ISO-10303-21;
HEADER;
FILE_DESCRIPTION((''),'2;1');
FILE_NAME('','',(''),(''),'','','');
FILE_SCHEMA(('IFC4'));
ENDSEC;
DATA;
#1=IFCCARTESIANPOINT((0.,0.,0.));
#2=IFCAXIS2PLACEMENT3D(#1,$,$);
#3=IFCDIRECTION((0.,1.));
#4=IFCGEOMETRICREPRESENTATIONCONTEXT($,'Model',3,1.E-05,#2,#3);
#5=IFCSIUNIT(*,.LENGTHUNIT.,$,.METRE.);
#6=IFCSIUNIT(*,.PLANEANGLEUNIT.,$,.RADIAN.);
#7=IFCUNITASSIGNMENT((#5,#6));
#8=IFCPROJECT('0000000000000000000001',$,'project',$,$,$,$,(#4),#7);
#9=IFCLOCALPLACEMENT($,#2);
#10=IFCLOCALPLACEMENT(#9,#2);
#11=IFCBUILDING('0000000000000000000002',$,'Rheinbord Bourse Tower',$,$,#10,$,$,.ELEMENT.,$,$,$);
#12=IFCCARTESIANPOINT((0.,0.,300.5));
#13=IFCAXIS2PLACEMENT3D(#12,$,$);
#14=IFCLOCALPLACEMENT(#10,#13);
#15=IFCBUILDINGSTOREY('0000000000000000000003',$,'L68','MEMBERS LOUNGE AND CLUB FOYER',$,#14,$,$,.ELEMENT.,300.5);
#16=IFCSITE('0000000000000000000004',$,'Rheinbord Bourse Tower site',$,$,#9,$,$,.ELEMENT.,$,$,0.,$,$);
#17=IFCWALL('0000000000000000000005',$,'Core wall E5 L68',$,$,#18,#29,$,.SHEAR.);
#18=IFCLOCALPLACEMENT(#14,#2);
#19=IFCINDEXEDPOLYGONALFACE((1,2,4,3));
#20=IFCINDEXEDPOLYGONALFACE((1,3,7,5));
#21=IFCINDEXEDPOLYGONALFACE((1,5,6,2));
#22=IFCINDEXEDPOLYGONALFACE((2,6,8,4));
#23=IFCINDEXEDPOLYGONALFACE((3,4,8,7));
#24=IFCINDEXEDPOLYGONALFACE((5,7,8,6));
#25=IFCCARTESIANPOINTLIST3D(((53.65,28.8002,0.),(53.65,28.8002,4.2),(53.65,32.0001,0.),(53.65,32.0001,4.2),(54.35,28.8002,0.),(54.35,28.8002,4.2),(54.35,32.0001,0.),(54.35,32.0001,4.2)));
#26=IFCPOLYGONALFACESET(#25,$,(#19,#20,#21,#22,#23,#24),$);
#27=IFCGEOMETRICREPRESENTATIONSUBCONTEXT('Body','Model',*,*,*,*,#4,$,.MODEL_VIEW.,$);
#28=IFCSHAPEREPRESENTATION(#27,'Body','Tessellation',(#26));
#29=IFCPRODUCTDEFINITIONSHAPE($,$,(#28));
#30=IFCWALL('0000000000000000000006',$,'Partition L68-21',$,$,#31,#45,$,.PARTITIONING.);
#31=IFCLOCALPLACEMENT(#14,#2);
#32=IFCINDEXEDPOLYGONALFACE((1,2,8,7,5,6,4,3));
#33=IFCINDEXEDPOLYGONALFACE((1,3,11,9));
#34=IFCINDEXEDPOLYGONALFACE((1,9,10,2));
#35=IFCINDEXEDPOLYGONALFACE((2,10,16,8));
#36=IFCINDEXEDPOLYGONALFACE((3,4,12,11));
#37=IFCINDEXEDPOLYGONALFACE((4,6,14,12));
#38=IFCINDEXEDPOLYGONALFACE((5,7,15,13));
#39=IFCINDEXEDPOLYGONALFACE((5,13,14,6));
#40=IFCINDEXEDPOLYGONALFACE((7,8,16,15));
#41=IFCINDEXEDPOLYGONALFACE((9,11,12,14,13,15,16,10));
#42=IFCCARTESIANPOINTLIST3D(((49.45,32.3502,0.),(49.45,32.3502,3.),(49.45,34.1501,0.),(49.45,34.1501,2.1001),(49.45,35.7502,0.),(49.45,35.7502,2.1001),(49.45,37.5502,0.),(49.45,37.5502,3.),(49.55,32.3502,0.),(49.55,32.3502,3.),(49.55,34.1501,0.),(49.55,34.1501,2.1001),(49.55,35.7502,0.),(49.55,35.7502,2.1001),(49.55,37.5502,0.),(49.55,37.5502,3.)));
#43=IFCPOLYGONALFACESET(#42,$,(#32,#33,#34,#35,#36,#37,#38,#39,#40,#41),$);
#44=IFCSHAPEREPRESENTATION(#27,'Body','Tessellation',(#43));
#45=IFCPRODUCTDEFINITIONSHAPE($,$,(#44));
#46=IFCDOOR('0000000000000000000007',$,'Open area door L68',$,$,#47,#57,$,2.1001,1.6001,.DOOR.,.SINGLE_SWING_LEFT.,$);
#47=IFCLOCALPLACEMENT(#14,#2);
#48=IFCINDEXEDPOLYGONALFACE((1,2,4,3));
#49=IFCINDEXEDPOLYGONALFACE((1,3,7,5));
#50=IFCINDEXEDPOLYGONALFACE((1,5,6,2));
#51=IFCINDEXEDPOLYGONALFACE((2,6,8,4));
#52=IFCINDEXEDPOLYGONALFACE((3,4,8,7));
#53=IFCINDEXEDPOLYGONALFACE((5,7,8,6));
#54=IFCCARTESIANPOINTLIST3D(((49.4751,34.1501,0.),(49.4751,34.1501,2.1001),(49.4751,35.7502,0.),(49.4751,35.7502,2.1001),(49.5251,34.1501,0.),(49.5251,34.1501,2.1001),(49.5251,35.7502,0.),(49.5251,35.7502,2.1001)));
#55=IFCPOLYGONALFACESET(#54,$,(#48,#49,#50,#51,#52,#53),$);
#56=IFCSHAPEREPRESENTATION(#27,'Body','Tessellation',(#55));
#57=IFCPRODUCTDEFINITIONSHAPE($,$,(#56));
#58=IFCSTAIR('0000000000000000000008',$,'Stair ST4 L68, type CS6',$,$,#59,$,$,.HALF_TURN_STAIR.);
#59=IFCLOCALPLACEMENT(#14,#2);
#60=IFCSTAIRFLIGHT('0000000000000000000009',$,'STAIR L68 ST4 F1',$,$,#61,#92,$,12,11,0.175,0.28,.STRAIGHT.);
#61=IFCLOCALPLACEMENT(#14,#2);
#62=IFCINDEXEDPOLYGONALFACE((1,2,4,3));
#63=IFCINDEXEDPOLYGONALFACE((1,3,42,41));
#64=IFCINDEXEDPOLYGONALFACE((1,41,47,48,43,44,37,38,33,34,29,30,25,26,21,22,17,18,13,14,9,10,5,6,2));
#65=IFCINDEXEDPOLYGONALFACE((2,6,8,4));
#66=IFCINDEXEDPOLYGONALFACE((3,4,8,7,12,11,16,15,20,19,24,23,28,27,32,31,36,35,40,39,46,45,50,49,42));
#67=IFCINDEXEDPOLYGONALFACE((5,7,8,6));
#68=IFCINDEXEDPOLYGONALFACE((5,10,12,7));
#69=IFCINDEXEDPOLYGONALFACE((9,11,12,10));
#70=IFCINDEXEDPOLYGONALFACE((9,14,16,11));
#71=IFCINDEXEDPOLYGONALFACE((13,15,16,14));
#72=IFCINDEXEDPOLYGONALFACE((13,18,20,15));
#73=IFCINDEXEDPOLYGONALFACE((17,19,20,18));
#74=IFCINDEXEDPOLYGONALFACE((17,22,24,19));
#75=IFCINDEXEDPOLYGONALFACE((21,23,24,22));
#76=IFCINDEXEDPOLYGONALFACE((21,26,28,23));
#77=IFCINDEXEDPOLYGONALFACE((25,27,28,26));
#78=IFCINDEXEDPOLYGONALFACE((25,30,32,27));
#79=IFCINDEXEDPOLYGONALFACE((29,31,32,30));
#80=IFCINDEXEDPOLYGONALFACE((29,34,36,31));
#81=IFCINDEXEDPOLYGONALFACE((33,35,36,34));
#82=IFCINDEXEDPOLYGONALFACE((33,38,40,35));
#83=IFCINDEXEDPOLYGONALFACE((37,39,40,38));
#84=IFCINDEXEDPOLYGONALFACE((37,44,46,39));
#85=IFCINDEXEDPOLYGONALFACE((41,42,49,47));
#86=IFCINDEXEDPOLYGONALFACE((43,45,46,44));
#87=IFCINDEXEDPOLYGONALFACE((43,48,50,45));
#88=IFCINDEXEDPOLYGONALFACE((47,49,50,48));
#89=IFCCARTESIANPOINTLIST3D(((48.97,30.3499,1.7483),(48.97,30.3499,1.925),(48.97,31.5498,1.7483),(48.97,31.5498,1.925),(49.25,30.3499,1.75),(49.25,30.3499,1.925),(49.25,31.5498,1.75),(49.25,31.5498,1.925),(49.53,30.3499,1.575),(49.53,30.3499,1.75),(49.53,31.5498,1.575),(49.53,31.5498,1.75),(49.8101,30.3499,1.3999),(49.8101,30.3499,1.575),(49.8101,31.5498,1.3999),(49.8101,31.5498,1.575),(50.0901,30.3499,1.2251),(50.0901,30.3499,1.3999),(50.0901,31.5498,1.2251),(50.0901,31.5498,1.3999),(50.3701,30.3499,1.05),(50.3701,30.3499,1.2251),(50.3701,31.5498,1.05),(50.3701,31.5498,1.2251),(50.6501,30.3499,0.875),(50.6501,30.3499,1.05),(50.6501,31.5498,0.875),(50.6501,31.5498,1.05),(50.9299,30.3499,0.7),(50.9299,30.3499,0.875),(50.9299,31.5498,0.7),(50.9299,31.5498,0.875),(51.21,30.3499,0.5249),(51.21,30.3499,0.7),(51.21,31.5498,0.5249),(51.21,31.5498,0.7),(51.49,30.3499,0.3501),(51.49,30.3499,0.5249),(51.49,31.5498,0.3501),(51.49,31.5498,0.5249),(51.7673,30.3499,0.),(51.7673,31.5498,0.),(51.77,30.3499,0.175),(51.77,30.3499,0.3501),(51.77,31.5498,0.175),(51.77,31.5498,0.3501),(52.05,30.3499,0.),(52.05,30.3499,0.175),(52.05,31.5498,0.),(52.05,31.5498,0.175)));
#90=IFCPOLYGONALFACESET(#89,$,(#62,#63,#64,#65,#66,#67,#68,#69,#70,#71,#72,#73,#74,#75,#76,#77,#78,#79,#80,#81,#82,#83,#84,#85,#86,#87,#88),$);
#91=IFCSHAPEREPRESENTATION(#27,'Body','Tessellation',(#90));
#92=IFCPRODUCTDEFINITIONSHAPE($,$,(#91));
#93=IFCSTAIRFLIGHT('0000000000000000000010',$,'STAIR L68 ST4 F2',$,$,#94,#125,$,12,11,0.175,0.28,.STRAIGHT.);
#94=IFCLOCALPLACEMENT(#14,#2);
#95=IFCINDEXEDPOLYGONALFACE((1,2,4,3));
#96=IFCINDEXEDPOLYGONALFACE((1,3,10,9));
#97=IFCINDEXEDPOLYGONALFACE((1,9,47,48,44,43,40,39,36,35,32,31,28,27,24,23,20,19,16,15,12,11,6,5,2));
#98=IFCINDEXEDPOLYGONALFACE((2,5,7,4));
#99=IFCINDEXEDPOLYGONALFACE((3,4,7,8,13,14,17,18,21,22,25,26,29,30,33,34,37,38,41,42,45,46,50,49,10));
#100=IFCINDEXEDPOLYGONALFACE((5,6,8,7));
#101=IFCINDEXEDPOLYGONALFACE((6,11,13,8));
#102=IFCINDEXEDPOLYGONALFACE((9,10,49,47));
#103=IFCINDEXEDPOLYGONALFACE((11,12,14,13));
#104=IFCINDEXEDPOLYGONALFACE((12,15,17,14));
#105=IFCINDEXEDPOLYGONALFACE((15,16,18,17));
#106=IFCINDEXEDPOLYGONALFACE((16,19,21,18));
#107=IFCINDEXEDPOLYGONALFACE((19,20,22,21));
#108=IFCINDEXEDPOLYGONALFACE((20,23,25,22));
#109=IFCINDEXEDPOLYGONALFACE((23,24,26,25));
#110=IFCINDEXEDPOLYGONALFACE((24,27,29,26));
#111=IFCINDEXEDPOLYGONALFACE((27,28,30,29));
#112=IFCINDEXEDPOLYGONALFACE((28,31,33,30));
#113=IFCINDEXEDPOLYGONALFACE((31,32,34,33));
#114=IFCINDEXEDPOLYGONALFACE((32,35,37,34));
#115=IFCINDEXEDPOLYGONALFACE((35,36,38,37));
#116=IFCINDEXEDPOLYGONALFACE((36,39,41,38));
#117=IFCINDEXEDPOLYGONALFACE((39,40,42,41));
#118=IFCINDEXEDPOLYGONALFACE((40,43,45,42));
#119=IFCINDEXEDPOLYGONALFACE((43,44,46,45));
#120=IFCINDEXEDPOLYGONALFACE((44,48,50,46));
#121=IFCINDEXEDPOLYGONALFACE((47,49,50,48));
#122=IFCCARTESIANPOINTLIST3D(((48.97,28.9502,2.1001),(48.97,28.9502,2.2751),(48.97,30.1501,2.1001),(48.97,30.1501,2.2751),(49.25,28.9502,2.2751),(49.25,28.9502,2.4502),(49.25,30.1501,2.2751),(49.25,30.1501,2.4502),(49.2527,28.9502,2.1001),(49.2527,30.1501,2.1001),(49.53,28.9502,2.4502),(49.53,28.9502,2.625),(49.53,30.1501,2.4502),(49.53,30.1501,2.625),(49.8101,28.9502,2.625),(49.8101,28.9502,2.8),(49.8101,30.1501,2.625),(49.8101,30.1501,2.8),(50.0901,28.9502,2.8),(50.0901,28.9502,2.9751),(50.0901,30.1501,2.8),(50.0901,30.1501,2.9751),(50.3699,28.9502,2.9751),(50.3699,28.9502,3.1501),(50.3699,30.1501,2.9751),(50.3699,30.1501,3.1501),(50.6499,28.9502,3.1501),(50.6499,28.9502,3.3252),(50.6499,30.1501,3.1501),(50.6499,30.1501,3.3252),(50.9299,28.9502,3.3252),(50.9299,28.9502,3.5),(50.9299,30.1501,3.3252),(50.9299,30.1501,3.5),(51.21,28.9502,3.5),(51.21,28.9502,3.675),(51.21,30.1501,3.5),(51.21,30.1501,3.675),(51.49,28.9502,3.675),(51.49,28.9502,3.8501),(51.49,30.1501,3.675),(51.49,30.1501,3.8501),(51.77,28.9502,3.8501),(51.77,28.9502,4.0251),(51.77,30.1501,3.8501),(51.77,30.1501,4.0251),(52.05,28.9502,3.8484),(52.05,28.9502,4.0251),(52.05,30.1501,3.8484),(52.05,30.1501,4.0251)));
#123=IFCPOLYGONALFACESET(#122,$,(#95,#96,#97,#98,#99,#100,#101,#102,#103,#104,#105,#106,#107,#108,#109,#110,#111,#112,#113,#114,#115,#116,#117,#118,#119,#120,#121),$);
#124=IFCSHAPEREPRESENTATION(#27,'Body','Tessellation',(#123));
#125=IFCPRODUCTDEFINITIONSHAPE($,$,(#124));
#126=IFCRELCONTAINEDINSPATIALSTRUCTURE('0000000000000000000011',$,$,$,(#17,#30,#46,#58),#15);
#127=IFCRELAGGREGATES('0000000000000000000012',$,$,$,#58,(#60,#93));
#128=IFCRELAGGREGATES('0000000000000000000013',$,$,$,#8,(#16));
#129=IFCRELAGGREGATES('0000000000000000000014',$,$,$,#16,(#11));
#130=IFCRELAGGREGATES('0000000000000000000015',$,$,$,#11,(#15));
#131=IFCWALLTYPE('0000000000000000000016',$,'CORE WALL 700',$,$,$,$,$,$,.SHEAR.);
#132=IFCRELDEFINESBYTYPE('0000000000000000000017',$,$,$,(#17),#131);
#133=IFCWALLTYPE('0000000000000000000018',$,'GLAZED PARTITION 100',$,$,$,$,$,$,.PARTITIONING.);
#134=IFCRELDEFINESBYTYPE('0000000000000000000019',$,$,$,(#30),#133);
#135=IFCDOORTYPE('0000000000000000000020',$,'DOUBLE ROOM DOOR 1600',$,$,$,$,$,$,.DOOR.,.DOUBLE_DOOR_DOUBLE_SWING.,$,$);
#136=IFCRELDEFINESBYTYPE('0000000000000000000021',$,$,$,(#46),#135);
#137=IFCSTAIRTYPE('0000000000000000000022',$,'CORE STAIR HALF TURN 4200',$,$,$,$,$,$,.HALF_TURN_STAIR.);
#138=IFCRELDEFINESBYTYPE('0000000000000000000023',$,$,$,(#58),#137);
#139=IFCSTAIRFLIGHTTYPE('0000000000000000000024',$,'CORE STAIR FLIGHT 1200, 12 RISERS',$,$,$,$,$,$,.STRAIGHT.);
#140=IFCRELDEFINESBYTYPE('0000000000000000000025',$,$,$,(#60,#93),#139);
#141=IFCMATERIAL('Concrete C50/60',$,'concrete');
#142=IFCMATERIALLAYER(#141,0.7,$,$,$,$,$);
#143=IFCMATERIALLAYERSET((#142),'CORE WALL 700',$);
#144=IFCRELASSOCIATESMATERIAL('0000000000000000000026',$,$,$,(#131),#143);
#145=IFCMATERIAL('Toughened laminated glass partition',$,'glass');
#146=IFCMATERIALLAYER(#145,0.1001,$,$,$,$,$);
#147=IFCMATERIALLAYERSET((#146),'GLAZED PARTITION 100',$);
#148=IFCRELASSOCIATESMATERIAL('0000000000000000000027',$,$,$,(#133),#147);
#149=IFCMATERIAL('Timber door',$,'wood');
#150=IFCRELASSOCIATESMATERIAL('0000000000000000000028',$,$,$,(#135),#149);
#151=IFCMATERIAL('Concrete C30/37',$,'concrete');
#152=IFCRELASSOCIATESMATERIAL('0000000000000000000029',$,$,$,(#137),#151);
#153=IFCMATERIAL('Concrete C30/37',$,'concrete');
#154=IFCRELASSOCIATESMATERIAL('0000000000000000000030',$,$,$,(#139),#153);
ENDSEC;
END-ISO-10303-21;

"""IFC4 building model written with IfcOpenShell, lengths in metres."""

from ifc_helpers import new_model, si_unit, direction, frame, frame_2d, origin, place, context, subcontext, project, spatial, polyline, rectangle, outline, extrude, material, layer, layer_set, type_object, element, fill, aggregate, save


model = new_model("IFC4")

# Units and contexts
model_context = context("Model", 3, precision=1e-05, world=origin(), true_north=direction((0.0, 1.0)))
body_context = subcontext(model_context, "Body", "Model", "MODEL_VIEW")
ifc_project = project(units=[si_unit("LENGTHUNIT", "METRE"), si_unit("PLANEANGLEUNIT", "RADIAN")], contexts=[model_context])

# Site, building, storey
site_placement = place(None, origin())
site = spatial("IfcSite", under=ifc_project, at=site_placement, Name="Rheinbord Bourse Tower site", CompositionType="ELEMENT", RefElevation=0.0)
building_placement = place(site_placement, origin())
building = spatial("IfcBuilding", under=site, at=building_placement, Name="Rheinbord Bourse Tower", CompositionType="ELEMENT")
storey_placement = place(building_placement, frame((0.0, 0.0, 300.5)))
storey = spatial("IfcBuildingStorey", under=building, at=storey_placement, Name="L68", Description="MEMBERS LOUNGE AND CLUB FOYER", CompositionType="ELEMENT", Elevation=300.5)

# Shared definitions
ifc_material_1 = material(Name="Concrete C50/60", Category="concrete")
ifc_layer_1 = layer(ifc_material_1, 0.7)
ifc_layer_set_1 = layer_set([ifc_layer_1], Name="CORE WALL 700")
wall_type_1 = type_object("IfcWallType", Name="CORE WALL 700", PredefinedType="SHEAR", material=ifc_layer_set_1)

# Wall
wall_1_placement = place(storey_placement, frame((54.0, 28.8, 0.0), z_axis=(0.0, 0.0, 1.0), x_axis=(0.0, 1.0, 0.0)))
element("IfcWall", 1, at=wall_1_placement, inside=storey, type_object=wall_type_1, Name="Core wall E5 L68", PredefinedType="SHEAR", context=body_context, shape_type="SweptSolid", body=[
    extrude(rectangle(XDim=3.2, YDim=0.7, at=frame_2d((1.6001, 0.0))), origin(), (0.0, 0.0, 1.0), 4.2),
])

# Wall, opening, door
ifc_material_2 = material(Name="Toughened laminated glass partition", Category="glass")
ifc_layer_2 = layer(ifc_material_2, 0.1001)
ifc_layer_set_2 = layer_set([ifc_layer_2], Name="GLAZED PARTITION 100")
wall_type_2 = type_object("IfcWallType", Name="GLAZED PARTITION 100", PredefinedType="PARTITIONING", material=ifc_layer_set_2)
wall_2_placement = place(storey_placement, frame((49.5, 32.3501, 0.0), z_axis=(0.0, 0.0, 1.0), x_axis=(0.0, 1.0, 0.0)))
wall_2 = element("IfcWall", 2, at=wall_2_placement, inside=storey, type_object=wall_type_2, Name="Partition L68-21", PredefinedType="PARTITIONING", context=body_context, shape_type="SweptSolid", body=[
    extrude(rectangle(XDim=5.2, YDim=0.1001, at=frame_2d((2.6001, 0.0))), origin(), (0.0, 0.0, 1.0), 3.0),
])
opening_1_placement = place(wall_2_placement, frame((1.8, 0.0, 0.0)))
opening_1 = element("IfcOpeningElement", 3, at=opening_1_placement, cuts=wall_2, PredefinedType="OPENING", context=body_context, shape_type="SweptSolid", body=[
    extrude(rectangle(XDim=1.6001, YDim=2.1001, at=frame_2d((0.8, 1.05))), frame((0.0, 0.0601, 0.0), z_axis=(0.0, -1.0, 0.0), x_axis=(1.0, 0.0, 0.0)), (0.0, 0.0, 1.0), 0.1201),
])
ifc_material_3 = material(Name="Timber door", Category="wood")
door_type_1 = type_object("IfcDoorType", Name="DOUBLE ROOM DOOR 1600", OperationType="DOUBLE_DOOR_DOUBLE_SWING", PredefinedType="DOOR", material=ifc_material_3)
door_1_placement = place(opening_1_placement, origin())
door_1 = element("IfcDoor", 4, at=door_1_placement, inside=storey, type_object=door_type_1, Name="Open area door L68", OperationType="SINGLE_SWING_LEFT", OverallHeight=2.1001, OverallWidth=1.6001, PredefinedType="DOOR", context=body_context, shape_type="SweptSolid", body=[
    extrude(rectangle(XDim=1.6001, YDim=2.1001, at=frame_2d((0.8, 1.05))), frame((0.0, 0.0249, 0.0), z_axis=(0.0, -1.0, 0.0), x_axis=(1.0, 0.0, 0.0)), (0.0, 0.0, 1.0), 0.05),
])
fill(opening_1, door_1)

# Stair, stair flights
ifc_material_4 = material(Name="Concrete C30/37", Category="concrete")
stair_type = type_object("IfcStairType", Name="CORE STAIR HALF TURN 4200", PredefinedType="HALF_TURN_STAIR", material=ifc_material_4)
stair_placement = place(storey_placement, origin())
stair = element("IfcStair", 5, at=stair_placement, inside=storey, type_object=stair_type, Name="Stair ST4 L68, type CS6", PredefinedType="HALF_TURN_STAIR")
ifc_material_5 = material(Name="Concrete C30/37", Category="concrete")
stair_flight_type = type_object("IfcStairFlightType", Name="CORE STAIR FLIGHT 1200, 12 RISERS", PredefinedType="STRAIGHT", material=ifc_material_5)
stair_flight_1_placement = place(storey_placement, frame((52.05, 30.95, 0.0), z_axis=(0.0, 0.0, 1.0), x_axis=(-1.0, 0.0, 0.0)))
stair_flight_1 = element("IfcStairFlight", 6, at=stair_flight_1_placement, type_object=stair_flight_type, Name="STAIR L68 ST4 F1", NumberOfRisers=12, NumberOfTreads=11, PredefinedType="STRAIGHT", RiserHeight=0.175, TreadLength=0.28, context=body_context, shape_type="SweptSolid", body=[
    extrude(outline(polyline([(0.0, 0.0), (0.0, 0.175), (0.28, 0.175), (0.28, 0.3501), (0.5601, 0.3501), (0.5601, 0.5249), (0.8401, 0.5249), (0.8401, 0.7), (1.1201, 0.7), (1.1201, 0.875), (1.3999, 0.875), (1.3999, 1.05), (1.6799, 1.05), (1.6799, 1.2251), (1.96, 1.2251), (1.96, 1.3999), (2.24, 1.3999), (2.24, 1.575), (2.52, 1.575), (2.52, 1.75), (2.8, 1.75), (2.8, 1.925), (3.0801, 1.925), (3.0801, 2.1001), (3.0801, 1.7483), (0.2827, 0.0), (0.0, 0.0)])), frame((0.0, 0.6001, 0.0), z_axis=(0.0, -1.0, 0.0), x_axis=(1.0, 0.0, 0.0)), (0.0, 0.0, 1.0), 1.2),
])
stair_flight_2_placement = place(storey_placement, frame((48.97, 29.55, 2.1001), z_axis=(0.0, 0.0, 1.0), x_axis=(1.0, 0.0, 0.0)))
stair_flight_2 = element("IfcStairFlight", 7, at=stair_flight_2_placement, type_object=stair_flight_type, Name="STAIR L68 ST4 F2", NumberOfRisers=12, NumberOfTreads=11, PredefinedType="STRAIGHT", RiserHeight=0.175, TreadLength=0.28, context=body_context, shape_type="SweptSolid", body=[
    extrude(outline(polyline([(0.0, 0.0), (0.0, 0.175), (0.28, 0.175), (0.28, 0.3501), (0.5601, 0.3501), (0.5601, 0.5249), (0.8401, 0.5249), (0.8401, 0.7), (1.1201, 0.7), (1.1201, 0.875), (1.3999, 0.875), (1.3999, 1.05), (1.6799, 1.05), (1.6799, 1.2251), (1.96, 1.2251), (1.96, 1.3999), (2.24, 1.3999), (2.24, 1.575), (2.52, 1.575), (2.52, 1.75), (2.8, 1.75), (2.8, 1.925), (3.0801, 1.925), (3.0801, 2.1001), (3.0801, 1.7483), (0.2827, 0.0), (0.0, 0.0)])), frame((0.0, 0.6001, 0.0), z_axis=(0.0, -1.0, 0.0), x_axis=(1.0, 0.0, 0.0)), (0.0, 0.0, 1.0), 1.2),
])
aggregate(stair, [stair_flight_1, stair_flight_2])

save(model, "model.ifc")
